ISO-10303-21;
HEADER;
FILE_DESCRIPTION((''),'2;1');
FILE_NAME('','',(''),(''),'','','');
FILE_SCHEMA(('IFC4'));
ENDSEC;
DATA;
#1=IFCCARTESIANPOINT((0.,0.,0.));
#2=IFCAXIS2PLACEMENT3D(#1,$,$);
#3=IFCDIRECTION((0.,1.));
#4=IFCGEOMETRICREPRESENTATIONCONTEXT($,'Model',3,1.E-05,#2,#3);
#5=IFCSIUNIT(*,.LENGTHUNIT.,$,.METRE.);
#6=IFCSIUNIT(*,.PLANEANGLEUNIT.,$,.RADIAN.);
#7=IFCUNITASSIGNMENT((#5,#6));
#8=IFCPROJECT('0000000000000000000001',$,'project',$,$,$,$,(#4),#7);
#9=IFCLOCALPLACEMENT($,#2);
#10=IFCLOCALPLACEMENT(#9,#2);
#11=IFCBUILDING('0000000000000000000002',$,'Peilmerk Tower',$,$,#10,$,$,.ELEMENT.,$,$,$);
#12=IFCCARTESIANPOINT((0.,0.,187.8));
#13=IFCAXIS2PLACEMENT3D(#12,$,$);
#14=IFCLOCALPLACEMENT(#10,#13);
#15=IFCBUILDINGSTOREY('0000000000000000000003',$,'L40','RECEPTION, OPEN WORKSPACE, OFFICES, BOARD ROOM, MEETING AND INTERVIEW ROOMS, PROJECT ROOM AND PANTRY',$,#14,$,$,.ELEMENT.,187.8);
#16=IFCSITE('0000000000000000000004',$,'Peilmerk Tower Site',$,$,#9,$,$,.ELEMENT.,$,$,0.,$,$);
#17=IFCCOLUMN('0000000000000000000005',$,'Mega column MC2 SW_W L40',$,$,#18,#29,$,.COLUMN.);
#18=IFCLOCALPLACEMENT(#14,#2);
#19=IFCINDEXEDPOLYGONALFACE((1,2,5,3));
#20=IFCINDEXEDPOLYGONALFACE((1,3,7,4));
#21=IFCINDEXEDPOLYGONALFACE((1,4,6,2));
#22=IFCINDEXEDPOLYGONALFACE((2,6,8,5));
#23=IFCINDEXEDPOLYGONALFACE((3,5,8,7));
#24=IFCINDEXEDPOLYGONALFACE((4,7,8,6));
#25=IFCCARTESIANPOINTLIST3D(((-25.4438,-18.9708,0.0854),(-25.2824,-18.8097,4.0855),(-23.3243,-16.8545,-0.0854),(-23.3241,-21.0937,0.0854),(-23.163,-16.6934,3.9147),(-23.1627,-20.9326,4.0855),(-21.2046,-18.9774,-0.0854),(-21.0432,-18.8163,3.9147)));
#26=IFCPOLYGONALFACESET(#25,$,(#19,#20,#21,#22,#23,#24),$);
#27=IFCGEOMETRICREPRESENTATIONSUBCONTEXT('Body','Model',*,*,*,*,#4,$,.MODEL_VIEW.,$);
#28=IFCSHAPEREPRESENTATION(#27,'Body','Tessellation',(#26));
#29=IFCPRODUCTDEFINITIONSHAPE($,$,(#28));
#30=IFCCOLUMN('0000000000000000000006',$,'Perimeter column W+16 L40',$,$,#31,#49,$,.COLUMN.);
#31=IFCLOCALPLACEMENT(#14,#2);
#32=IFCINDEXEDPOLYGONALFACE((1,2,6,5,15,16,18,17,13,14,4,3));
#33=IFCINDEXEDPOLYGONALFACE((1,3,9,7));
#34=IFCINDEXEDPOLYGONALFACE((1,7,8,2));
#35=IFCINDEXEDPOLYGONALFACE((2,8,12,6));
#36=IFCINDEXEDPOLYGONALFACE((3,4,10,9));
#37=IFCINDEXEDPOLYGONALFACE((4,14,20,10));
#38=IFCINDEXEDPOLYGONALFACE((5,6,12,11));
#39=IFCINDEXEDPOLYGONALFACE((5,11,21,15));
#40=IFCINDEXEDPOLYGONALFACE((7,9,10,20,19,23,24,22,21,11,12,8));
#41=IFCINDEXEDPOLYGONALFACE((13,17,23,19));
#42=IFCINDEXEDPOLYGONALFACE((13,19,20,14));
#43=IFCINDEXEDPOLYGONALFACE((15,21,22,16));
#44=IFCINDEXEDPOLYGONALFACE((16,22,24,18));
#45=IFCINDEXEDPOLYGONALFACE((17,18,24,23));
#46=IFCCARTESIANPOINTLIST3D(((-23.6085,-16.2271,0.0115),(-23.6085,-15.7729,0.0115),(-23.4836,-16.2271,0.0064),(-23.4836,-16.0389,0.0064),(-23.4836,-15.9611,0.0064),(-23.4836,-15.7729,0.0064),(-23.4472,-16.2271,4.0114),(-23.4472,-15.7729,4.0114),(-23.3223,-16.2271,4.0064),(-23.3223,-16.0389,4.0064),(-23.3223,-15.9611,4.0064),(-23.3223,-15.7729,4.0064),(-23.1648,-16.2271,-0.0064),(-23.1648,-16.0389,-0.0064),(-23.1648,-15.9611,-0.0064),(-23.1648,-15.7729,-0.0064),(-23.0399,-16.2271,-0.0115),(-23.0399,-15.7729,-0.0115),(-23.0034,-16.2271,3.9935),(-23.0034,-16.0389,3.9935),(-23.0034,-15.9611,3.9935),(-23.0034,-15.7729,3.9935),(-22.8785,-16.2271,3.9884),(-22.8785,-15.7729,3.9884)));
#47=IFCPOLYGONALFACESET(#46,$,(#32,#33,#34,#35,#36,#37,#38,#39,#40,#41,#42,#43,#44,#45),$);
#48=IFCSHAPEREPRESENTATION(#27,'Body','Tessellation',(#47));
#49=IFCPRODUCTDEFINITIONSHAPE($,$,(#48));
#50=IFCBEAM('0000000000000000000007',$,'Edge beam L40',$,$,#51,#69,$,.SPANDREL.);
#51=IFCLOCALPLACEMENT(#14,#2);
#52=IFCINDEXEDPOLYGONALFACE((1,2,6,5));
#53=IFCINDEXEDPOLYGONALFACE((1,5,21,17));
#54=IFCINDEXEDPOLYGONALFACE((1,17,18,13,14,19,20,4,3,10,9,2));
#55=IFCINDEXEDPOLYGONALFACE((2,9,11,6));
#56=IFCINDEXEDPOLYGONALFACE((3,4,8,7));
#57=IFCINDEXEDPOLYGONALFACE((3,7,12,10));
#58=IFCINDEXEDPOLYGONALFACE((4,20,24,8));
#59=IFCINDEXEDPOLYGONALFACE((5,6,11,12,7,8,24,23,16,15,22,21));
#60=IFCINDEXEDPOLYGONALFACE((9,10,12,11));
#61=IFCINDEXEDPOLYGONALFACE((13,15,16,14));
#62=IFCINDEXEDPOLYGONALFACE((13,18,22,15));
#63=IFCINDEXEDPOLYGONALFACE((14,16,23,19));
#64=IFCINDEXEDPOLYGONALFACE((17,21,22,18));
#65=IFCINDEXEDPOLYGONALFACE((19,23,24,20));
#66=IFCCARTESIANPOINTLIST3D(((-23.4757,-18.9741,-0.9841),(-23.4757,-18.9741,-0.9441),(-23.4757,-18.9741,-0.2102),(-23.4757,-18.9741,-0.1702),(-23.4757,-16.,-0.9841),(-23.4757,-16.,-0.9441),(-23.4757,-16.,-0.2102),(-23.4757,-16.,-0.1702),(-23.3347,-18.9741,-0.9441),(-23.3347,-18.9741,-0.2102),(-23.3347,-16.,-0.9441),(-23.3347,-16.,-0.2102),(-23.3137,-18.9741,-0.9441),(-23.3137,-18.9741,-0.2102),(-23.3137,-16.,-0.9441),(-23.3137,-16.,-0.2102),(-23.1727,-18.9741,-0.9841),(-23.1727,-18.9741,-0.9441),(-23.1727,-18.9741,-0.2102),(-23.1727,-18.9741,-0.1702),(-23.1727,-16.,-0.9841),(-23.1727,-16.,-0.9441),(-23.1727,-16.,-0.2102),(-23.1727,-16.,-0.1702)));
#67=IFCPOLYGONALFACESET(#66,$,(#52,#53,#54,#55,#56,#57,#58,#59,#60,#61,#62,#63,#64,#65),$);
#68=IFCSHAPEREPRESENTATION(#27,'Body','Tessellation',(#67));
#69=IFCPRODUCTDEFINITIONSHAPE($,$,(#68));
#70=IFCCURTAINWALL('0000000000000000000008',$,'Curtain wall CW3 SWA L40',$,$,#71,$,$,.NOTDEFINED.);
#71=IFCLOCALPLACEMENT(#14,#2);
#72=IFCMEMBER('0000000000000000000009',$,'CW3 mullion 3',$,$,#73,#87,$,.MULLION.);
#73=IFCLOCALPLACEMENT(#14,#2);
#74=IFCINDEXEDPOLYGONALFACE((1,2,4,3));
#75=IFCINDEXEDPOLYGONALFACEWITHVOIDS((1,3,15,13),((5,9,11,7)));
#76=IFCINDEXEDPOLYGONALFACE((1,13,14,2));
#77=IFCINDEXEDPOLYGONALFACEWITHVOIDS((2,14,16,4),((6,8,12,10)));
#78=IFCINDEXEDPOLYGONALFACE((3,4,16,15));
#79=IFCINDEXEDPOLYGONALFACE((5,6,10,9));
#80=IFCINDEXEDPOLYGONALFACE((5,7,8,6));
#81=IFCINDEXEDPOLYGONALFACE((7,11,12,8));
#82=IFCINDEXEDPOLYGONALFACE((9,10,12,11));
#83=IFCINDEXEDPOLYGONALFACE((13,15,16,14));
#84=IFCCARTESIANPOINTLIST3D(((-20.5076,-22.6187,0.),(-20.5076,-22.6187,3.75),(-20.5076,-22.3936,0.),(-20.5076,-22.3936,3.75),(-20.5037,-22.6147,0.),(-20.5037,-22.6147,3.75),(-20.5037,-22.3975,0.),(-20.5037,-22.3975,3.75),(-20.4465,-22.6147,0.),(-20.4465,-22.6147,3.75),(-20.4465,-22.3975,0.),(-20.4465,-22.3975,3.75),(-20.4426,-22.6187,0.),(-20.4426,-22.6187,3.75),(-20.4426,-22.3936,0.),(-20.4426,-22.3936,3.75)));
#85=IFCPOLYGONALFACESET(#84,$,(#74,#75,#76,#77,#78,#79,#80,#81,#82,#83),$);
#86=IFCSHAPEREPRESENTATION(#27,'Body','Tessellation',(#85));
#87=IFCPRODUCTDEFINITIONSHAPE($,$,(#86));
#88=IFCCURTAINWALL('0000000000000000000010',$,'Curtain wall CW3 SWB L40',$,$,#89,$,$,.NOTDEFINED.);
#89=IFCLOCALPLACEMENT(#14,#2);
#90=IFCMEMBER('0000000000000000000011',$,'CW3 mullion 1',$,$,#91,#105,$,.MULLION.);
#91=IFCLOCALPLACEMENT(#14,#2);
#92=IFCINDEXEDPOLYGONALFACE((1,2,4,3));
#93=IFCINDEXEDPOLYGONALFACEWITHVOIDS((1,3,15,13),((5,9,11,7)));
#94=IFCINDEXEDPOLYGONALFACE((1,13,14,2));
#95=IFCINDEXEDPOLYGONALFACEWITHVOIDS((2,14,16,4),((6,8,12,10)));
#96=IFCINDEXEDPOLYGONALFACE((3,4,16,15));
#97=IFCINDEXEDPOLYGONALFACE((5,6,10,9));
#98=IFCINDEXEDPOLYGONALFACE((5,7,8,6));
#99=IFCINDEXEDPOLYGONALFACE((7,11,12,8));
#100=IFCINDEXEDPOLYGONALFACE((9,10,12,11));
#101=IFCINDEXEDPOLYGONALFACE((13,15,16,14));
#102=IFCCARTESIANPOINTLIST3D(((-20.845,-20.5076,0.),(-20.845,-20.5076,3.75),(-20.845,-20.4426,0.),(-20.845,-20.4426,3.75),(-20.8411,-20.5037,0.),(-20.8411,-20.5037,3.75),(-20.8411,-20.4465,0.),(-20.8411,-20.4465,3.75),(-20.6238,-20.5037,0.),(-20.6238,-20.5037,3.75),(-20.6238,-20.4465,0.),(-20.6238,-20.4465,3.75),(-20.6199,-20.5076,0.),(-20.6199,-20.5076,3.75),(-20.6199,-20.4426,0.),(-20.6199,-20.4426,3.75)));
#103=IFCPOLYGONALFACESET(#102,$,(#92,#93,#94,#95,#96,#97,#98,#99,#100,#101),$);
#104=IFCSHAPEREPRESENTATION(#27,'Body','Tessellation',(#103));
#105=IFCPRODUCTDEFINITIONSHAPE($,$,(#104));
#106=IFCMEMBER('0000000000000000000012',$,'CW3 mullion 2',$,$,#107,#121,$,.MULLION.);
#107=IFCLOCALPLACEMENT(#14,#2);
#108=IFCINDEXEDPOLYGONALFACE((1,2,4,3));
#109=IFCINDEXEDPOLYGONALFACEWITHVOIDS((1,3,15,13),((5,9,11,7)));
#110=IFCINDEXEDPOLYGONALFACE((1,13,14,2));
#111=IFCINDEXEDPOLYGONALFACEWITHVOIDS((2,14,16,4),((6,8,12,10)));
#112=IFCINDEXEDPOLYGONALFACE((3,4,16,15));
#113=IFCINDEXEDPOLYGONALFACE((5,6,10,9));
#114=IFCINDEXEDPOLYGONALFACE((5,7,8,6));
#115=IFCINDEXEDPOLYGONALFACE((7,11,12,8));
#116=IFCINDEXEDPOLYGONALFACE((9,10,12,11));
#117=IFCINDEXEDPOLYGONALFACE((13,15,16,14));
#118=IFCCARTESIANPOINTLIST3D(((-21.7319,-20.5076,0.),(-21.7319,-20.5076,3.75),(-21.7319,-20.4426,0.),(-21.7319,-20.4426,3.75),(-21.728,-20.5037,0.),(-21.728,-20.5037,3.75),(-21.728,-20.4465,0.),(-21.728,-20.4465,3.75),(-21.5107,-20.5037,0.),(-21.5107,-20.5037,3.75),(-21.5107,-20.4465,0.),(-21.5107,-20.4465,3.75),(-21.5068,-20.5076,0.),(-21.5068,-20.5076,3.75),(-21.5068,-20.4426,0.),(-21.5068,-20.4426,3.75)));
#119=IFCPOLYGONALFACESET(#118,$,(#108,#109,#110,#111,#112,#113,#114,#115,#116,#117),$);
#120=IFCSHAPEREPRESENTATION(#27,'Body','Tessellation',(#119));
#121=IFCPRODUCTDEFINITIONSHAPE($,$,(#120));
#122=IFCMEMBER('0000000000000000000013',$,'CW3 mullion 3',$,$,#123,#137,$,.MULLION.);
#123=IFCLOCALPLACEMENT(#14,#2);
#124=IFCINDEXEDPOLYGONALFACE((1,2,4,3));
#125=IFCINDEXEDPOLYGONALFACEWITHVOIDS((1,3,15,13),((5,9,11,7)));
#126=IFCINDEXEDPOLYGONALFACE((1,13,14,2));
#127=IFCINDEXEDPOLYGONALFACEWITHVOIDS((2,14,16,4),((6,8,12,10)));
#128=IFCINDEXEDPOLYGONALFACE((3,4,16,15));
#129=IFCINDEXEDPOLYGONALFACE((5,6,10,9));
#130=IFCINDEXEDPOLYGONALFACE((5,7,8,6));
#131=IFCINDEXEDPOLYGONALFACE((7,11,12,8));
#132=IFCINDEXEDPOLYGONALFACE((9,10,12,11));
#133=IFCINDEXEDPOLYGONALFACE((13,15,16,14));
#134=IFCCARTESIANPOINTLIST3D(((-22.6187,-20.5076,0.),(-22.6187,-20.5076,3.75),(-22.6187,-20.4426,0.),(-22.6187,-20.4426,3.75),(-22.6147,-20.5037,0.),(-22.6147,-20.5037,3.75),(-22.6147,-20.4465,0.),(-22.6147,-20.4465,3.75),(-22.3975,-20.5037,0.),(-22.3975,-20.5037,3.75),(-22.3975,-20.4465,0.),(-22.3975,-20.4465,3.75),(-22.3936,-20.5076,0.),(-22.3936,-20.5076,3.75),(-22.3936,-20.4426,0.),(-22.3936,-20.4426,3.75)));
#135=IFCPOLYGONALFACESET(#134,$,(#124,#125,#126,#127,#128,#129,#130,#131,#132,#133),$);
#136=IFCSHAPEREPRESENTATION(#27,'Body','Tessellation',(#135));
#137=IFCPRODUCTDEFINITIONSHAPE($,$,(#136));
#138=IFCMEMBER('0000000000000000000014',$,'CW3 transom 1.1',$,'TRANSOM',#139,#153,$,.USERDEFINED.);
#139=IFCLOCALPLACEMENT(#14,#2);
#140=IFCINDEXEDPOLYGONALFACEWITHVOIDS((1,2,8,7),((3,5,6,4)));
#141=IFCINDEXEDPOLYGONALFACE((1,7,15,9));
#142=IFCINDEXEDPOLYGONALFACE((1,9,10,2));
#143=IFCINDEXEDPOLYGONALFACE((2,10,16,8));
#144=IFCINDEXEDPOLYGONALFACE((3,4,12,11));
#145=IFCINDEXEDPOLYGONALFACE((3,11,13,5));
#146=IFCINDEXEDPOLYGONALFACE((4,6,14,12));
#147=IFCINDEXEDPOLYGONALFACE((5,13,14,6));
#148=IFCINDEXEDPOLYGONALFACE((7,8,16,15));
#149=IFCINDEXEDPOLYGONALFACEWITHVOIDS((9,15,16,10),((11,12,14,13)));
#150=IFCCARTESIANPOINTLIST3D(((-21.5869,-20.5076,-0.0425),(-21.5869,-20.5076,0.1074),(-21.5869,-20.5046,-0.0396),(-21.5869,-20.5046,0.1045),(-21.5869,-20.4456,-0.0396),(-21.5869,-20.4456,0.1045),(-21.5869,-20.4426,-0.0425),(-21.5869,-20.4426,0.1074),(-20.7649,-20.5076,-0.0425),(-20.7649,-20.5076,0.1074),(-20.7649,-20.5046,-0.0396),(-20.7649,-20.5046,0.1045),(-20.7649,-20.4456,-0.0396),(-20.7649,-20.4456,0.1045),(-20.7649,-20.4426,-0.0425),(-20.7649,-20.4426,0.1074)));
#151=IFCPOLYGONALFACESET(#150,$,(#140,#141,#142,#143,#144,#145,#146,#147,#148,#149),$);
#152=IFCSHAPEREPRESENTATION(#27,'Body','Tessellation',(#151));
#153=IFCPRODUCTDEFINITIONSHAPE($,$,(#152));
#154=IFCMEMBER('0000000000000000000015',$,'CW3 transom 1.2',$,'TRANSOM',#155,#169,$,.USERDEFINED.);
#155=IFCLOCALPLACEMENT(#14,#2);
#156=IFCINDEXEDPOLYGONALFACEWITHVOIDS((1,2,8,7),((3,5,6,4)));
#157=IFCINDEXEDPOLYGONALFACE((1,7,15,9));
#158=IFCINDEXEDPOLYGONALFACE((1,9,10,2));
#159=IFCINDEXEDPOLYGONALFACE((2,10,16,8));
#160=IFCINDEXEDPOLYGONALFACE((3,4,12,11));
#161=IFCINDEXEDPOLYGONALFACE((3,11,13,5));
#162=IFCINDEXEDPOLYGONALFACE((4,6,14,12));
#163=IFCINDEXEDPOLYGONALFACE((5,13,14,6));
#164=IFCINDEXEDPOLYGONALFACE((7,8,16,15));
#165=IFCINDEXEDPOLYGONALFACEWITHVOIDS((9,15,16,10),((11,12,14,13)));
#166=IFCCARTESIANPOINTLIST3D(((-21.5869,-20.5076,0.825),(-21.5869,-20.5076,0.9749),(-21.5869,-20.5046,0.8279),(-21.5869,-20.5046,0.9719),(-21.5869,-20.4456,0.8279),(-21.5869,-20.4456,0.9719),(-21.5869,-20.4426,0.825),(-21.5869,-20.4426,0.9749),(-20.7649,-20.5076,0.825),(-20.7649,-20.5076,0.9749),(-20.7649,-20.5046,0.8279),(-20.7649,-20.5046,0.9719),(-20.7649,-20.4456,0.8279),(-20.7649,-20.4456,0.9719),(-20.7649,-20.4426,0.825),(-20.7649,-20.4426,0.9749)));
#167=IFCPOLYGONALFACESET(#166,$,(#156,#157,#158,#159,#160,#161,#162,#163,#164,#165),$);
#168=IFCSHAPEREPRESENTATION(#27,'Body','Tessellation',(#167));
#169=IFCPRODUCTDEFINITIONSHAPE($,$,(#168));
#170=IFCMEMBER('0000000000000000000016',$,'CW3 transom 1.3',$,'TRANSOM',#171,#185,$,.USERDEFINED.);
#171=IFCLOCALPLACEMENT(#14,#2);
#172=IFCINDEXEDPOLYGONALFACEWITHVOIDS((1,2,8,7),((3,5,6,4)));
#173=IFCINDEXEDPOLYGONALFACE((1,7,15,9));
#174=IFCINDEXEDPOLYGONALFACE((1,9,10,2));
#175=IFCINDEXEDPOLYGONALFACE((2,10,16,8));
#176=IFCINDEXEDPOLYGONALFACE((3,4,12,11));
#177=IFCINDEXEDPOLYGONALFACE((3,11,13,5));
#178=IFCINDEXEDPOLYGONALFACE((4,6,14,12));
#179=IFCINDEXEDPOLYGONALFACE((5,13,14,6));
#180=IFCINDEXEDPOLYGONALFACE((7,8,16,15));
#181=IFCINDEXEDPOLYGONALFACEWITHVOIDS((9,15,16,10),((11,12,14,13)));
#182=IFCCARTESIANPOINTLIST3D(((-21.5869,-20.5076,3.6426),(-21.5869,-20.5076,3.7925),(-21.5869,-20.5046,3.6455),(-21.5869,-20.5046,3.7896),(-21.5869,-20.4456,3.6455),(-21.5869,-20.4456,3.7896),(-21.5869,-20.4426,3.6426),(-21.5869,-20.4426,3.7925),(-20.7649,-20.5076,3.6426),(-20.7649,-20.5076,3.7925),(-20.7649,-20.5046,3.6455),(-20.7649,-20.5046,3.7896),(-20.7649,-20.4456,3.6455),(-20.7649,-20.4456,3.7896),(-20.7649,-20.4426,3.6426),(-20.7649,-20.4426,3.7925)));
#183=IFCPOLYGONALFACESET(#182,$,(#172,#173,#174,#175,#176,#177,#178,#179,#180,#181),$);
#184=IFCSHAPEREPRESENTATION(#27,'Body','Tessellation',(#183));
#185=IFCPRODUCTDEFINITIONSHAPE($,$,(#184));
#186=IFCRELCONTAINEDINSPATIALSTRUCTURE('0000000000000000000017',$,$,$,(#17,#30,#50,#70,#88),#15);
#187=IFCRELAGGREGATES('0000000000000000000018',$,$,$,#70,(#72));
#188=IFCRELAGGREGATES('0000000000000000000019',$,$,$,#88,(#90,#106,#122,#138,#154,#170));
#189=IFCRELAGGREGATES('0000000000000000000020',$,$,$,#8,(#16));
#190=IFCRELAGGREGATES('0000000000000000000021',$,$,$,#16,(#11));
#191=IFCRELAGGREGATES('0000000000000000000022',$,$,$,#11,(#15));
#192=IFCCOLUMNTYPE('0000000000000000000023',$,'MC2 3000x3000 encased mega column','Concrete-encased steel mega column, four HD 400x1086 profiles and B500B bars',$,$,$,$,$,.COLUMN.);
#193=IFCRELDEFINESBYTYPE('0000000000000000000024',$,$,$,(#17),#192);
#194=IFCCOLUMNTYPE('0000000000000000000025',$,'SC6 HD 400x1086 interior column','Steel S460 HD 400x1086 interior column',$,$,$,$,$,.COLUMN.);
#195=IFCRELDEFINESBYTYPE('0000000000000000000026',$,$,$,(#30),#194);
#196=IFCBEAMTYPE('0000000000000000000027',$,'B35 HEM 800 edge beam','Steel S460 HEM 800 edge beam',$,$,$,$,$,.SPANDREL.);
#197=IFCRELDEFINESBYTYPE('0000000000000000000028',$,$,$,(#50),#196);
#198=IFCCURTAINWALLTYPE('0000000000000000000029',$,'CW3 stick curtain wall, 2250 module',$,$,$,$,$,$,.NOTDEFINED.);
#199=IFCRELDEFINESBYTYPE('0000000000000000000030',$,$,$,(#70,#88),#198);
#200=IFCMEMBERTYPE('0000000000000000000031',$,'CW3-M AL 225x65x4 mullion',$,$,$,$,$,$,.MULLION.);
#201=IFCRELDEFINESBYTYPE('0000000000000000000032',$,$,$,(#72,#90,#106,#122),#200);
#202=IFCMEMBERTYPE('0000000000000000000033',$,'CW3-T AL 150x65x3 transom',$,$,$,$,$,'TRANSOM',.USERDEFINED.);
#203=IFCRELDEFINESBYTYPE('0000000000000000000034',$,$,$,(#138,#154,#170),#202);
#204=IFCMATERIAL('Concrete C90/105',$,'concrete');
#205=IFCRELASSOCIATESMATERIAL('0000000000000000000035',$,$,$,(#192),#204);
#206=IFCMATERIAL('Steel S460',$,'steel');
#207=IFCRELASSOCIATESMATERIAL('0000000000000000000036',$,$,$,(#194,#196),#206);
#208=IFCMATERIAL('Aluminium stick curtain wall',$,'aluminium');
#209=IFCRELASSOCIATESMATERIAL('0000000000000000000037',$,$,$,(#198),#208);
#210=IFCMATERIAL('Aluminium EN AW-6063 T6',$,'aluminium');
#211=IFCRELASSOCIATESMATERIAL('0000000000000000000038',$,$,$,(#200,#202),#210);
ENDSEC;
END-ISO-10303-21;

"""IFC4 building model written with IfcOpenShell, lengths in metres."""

from ifc_helpers import new_model, si_unit, direction, frame, origin, origin_2d, place, context, subcontext, project, spatial, rectangle, hollow_rectangle, i_section, extrude, material, material_profile, profile_set, type_object, element, aggregate, save


model = new_model("IFC4")

# Units and contexts
model_context = context("Model", 3, precision=1e-05, world=origin(), true_north=direction((0.0, 1.0)))
body_context = subcontext(model_context, "Body", "Model", "MODEL_VIEW")
ifc_project = project(units=[si_unit("LENGTHUNIT", "METRE"), si_unit("PLANEANGLEUNIT", "RADIAN")], contexts=[model_context])

# Site, building, storey
site_placement = place(None, origin())
site = spatial("IfcSite", under=ifc_project, at=site_placement, Name="Peilmerk Tower Site", CompositionType="ELEMENT", RefElevation=0.0)
building_placement = place(site_placement, origin())
building = spatial("IfcBuilding", under=site, at=building_placement, Name="Peilmerk Tower", CompositionType="ELEMENT")
storey_placement = place(building_placement, frame((0.0, 0.0, 187.8)))
storey = spatial("IfcBuildingStorey", under=building, at=storey_placement, Name="L40", Description="RECEPTION, OPEN WORKSPACE, OFFICES, BOARD ROOM, MEETING AND INTERVIEW ROOMS, PROJECT ROOM AND PANTRY", CompositionType="ELEMENT", Elevation=187.8)

# Columns
ifc_material_1 = material(Name="Concrete C90/105", Category="concrete")
ifc_material_profile_1 = material_profile(ifc_material_1, rectangle(XDim=3.0, YDim=3.0, at=origin_2d()), Name="RC 3000x3000")
ifc_profile_set_1 = profile_set([ifc_material_profile_1], Name="Concrete C90/105")
column_type_1 = type_object("IfcColumnType", Name="MC2 3000x3000 encased mega column", Description="Concrete-encased steel mega column, four HD 400x1086 profiles and B500B bars", PredefinedType="COLUMN", material=ifc_profile_set_1)
column_1_placement = place(storey_placement, frame((-23.3242, -18.9741, 0.0), z_axis=(0.040279, 0.040218, 0.998379), x_axis=(-0.706571, 0.707642, 0.0)))
element("IfcColumn", 1, at=column_1_placement, inside=storey, type_object=column_type_1, Name="Mega column MC2 SW_W L40", PredefinedType="COLUMN", context=body_context, shape_type="SweptSolid", body=[
    extrude(rectangle(XDim=3.0, YDim=3.0, at=origin_2d()), origin(), (0.0, 0.0, 1.0), 4.0066),
])
ifc_material_2 = material(Name="Steel S460", Category="steel")
ifc_material_profile_2 = material_profile(ifc_material_2, i_section(OverallWidth=0.4541, OverallDepth=0.5691, WebThickness=0.0779, FlangeThickness=0.125, at=origin_2d()), Name="HD 400x1086")
ifc_profile_set_2 = profile_set([ifc_material_profile_2], Name="Steel S460")
column_type_2 = type_object("IfcColumnType", Name="SC6 HD 400x1086 interior column", Description="Steel S460 HD 400x1086 interior column", PredefinedType="COLUMN", material=ifc_profile_set_2)
column_2_placement = place(storey_placement, frame((-23.3242, -16.0, 0.0), z_axis=(0.040311, 0.0, 0.999187), x_axis=(0.0, 1.0, 0.0)))
element("IfcColumn", 2, at=column_2_placement, inside=storey, type_object=column_type_2, Name="Perimeter column W+16 L40", PredefinedType="COLUMN", context=body_context, shape_type="SweptSolid", body=[
    extrude(i_section(OverallWidth=0.4541, OverallDepth=0.5691, WebThickness=0.0779, FlangeThickness=0.125, at=origin_2d()), origin(), (0.0, 0.0, 1.0), 4.0032),
])

# Beam
ifc_material_profile_3 = material_profile(ifc_material_2, i_section(OverallWidth=0.303, OverallDepth=0.814, WebThickness=0.021, FlangeThickness=0.04, at=origin_2d()), Name="HEM 800")
ifc_profile_set_3 = profile_set([ifc_material_profile_3], Name="Steel S460")
beam_type = type_object("IfcBeamType", Name="B35 HEM 800 edge beam", Description="Steel S460 HEM 800 edge beam", PredefinedType="SPANDREL", material=ifc_profile_set_3)
beam_placement = place(storey_placement, frame((-23.3242, -16.0, -0.5771), z_axis=(0.0, -1.0, 0.0), x_axis=(1.0, 0.0, 0.0)))
element("IfcBeam", 3, at=beam_placement, inside=storey, type_object=beam_type, Name="Edge beam L40", PredefinedType="SPANDREL", context=body_context, shape_type="SweptSolid", body=[
    extrude(i_section(OverallWidth=0.303, OverallDepth=0.814, WebThickness=0.021, FlangeThickness=0.04, at=origin_2d()), origin(), (0.0, 0.0, 1.0), 2.9741),
])

# Curtain wall, member
ifc_material_3 = material(Name="Aluminium stick curtain wall", Category="aluminium")
curtain_wall_type = type_object("IfcCurtainWallType", Name="CW3 stick curtain wall, 2250 module", PredefinedType="NOTDEFINED", material=ifc_material_3)
curtain_wall_1_placement = place(storey_placement, origin())
curtain_wall_1 = element("IfcCurtainWall", 4, at=curtain_wall_1_placement, inside=storey, type_object=curtain_wall_type, Name="Curtain wall CW3 SWA L40", PredefinedType="NOTDEFINED")
ifc_material_4 = material(Name="Aluminium EN AW-6063 T6", Category="aluminium")
ifc_material_profile_4 = material_profile(ifc_material_4, hollow_rectangle(XDim=0.0649, YDim=0.2251, WallThickness=0.0039, at=origin_2d()), Name="AL 225x65x4")
ifc_profile_set_4 = profile_set([ifc_material_profile_4], Name="Aluminium EN AW-6063 T6")
member_type_1 = type_object("IfcMemberType", Name="CW3-M AL 225x65x4 mullion", PredefinedType="MULLION", material=ifc_profile_set_4)
member_1_placement = place(storey_placement, frame((-20.4751, -22.5061, 0.0), z_axis=(0.0, 0.0, 1.0), x_axis=(1.0, 0.0, 0.0)))
member_1 = element("IfcMember", 5, at=member_1_placement, type_object=member_type_1, Name="CW3 mullion 3", PredefinedType="MULLION", context=body_context, shape_type="SweptSolid", body=[
    extrude(hollow_rectangle(XDim=0.0649, YDim=0.2251, WallThickness=0.0039, at=origin_2d()), origin(), (0.0, 0.0, 1.0), 3.75),
])

# Curtain wall, members
curtain_wall_2_placement = place(storey_placement, origin())
curtain_wall_2 = element("IfcCurtainWall", 6, at=curtain_wall_2_placement, inside=storey, type_object=curtain_wall_type, Name="Curtain wall CW3 SWB L40", PredefinedType="NOTDEFINED")
member_2_placement = place(storey_placement, frame((-20.7324, -20.4751, 0.0), z_axis=(0.0, 0.0, 1.0), x_axis=(0.0, -1.0, 0.0)))
member_2 = element("IfcMember", 7, at=member_2_placement, type_object=member_type_1, Name="CW3 mullion 1", PredefinedType="MULLION", context=body_context, shape_type="SweptSolid", body=[
    extrude(hollow_rectangle(XDim=0.0649, YDim=0.2251, WallThickness=0.0039, at=origin_2d()), origin(), (0.0, 0.0, 1.0), 3.75),
])
member_3_placement = place(storey_placement, frame((-21.6194, -20.4751, 0.0), z_axis=(0.0, 0.0, 1.0), x_axis=(0.0, -1.0, 0.0)))
member_3 = element("IfcMember", 8, at=member_3_placement, type_object=member_type_1, Name="CW3 mullion 2", PredefinedType="MULLION", context=body_context, shape_type="SweptSolid", body=[
    extrude(hollow_rectangle(XDim=0.0649, YDim=0.2251, WallThickness=0.0039, at=origin_2d()), origin(), (0.0, 0.0, 1.0), 3.75),
])
member_4_placement = place(storey_placement, frame((-22.5061, -20.4751, 0.0), z_axis=(0.0, 0.0, 1.0), x_axis=(0.0, -1.0, 0.0)))
member_4 = element("IfcMember", 9, at=member_4_placement, type_object=member_type_1, Name="CW3 mullion 3", PredefinedType="MULLION", context=body_context, shape_type="SweptSolid", body=[
    extrude(hollow_rectangle(XDim=0.0649, YDim=0.2251, WallThickness=0.0039, at=origin_2d()), origin(), (0.0, 0.0, 1.0), 3.75),
])
ifc_material_profile_5 = material_profile(ifc_material_4, hollow_rectangle(XDim=0.0649, YDim=0.1499, WallThickness=0.0029, at=origin_2d()), Name="AL 150x65x3")
ifc_profile_set_5 = profile_set([ifc_material_profile_5], Name="Aluminium EN AW-6063 T6")
member_type_2 = type_object("IfcMemberType", Name="CW3-T AL 150x65x3 transom", ElementType="TRANSOM", PredefinedType="USERDEFINED", material=ifc_profile_set_5)
member_5_placement = place(storey_placement, frame((-20.7649, -20.4751, 0.0325), z_axis=(-1.0, 0.0, 0.0), x_axis=(0.0, -1.0, 0.0)))
member_5 = element("IfcMember", 10, at=member_5_placement, type_object=member_type_2, Name="CW3 transom 1.1", ObjectType="TRANSOM", PredefinedType="USERDEFINED", context=body_context, shape_type="SweptSolid", body=[
    extrude(hollow_rectangle(XDim=0.0649, YDim=0.1499, WallThickness=0.0029, at=origin_2d()), origin(), (0.0, 0.0, 1.0), 0.822),
])
member_6_placement = place(storey_placement, frame((-20.7649, -20.4751, 0.8999), z_axis=(-1.0, 0.0, 0.0), x_axis=(0.0, -1.0, 0.0)))
member_6 = element("IfcMember", 11, at=member_6_placement, type_object=member_type_2, Name="CW3 transom 1.2", ObjectType="TRANSOM", PredefinedType="USERDEFINED", context=body_context, shape_type="SweptSolid", body=[
    extrude(hollow_rectangle(XDim=0.0649, YDim=0.1499, WallThickness=0.0029, at=origin_2d()), origin(), (0.0, 0.0, 1.0), 0.822),
])
member_7_placement = place(storey_placement, frame((-20.7649, -20.4751, 3.7175), z_axis=(-1.0, 0.0, 0.0), x_axis=(0.0, -1.0, 0.0)))
member_7 = element("IfcMember", 12, at=member_7_placement, type_object=member_type_2, Name="CW3 transom 1.3", ObjectType="TRANSOM", PredefinedType="USERDEFINED", context=body_context, shape_type="SweptSolid", body=[
    extrude(hollow_rectangle(XDim=0.0649, YDim=0.1499, WallThickness=0.0029, at=origin_2d()), origin(), (0.0, 0.0, 1.0), 0.822),
])

aggregate(curtain_wall_1, [member_1])
aggregate(curtain_wall_2, [member_2, member_3, member_4, member_5, member_6, member_7])

save(model, "model.ifc")
